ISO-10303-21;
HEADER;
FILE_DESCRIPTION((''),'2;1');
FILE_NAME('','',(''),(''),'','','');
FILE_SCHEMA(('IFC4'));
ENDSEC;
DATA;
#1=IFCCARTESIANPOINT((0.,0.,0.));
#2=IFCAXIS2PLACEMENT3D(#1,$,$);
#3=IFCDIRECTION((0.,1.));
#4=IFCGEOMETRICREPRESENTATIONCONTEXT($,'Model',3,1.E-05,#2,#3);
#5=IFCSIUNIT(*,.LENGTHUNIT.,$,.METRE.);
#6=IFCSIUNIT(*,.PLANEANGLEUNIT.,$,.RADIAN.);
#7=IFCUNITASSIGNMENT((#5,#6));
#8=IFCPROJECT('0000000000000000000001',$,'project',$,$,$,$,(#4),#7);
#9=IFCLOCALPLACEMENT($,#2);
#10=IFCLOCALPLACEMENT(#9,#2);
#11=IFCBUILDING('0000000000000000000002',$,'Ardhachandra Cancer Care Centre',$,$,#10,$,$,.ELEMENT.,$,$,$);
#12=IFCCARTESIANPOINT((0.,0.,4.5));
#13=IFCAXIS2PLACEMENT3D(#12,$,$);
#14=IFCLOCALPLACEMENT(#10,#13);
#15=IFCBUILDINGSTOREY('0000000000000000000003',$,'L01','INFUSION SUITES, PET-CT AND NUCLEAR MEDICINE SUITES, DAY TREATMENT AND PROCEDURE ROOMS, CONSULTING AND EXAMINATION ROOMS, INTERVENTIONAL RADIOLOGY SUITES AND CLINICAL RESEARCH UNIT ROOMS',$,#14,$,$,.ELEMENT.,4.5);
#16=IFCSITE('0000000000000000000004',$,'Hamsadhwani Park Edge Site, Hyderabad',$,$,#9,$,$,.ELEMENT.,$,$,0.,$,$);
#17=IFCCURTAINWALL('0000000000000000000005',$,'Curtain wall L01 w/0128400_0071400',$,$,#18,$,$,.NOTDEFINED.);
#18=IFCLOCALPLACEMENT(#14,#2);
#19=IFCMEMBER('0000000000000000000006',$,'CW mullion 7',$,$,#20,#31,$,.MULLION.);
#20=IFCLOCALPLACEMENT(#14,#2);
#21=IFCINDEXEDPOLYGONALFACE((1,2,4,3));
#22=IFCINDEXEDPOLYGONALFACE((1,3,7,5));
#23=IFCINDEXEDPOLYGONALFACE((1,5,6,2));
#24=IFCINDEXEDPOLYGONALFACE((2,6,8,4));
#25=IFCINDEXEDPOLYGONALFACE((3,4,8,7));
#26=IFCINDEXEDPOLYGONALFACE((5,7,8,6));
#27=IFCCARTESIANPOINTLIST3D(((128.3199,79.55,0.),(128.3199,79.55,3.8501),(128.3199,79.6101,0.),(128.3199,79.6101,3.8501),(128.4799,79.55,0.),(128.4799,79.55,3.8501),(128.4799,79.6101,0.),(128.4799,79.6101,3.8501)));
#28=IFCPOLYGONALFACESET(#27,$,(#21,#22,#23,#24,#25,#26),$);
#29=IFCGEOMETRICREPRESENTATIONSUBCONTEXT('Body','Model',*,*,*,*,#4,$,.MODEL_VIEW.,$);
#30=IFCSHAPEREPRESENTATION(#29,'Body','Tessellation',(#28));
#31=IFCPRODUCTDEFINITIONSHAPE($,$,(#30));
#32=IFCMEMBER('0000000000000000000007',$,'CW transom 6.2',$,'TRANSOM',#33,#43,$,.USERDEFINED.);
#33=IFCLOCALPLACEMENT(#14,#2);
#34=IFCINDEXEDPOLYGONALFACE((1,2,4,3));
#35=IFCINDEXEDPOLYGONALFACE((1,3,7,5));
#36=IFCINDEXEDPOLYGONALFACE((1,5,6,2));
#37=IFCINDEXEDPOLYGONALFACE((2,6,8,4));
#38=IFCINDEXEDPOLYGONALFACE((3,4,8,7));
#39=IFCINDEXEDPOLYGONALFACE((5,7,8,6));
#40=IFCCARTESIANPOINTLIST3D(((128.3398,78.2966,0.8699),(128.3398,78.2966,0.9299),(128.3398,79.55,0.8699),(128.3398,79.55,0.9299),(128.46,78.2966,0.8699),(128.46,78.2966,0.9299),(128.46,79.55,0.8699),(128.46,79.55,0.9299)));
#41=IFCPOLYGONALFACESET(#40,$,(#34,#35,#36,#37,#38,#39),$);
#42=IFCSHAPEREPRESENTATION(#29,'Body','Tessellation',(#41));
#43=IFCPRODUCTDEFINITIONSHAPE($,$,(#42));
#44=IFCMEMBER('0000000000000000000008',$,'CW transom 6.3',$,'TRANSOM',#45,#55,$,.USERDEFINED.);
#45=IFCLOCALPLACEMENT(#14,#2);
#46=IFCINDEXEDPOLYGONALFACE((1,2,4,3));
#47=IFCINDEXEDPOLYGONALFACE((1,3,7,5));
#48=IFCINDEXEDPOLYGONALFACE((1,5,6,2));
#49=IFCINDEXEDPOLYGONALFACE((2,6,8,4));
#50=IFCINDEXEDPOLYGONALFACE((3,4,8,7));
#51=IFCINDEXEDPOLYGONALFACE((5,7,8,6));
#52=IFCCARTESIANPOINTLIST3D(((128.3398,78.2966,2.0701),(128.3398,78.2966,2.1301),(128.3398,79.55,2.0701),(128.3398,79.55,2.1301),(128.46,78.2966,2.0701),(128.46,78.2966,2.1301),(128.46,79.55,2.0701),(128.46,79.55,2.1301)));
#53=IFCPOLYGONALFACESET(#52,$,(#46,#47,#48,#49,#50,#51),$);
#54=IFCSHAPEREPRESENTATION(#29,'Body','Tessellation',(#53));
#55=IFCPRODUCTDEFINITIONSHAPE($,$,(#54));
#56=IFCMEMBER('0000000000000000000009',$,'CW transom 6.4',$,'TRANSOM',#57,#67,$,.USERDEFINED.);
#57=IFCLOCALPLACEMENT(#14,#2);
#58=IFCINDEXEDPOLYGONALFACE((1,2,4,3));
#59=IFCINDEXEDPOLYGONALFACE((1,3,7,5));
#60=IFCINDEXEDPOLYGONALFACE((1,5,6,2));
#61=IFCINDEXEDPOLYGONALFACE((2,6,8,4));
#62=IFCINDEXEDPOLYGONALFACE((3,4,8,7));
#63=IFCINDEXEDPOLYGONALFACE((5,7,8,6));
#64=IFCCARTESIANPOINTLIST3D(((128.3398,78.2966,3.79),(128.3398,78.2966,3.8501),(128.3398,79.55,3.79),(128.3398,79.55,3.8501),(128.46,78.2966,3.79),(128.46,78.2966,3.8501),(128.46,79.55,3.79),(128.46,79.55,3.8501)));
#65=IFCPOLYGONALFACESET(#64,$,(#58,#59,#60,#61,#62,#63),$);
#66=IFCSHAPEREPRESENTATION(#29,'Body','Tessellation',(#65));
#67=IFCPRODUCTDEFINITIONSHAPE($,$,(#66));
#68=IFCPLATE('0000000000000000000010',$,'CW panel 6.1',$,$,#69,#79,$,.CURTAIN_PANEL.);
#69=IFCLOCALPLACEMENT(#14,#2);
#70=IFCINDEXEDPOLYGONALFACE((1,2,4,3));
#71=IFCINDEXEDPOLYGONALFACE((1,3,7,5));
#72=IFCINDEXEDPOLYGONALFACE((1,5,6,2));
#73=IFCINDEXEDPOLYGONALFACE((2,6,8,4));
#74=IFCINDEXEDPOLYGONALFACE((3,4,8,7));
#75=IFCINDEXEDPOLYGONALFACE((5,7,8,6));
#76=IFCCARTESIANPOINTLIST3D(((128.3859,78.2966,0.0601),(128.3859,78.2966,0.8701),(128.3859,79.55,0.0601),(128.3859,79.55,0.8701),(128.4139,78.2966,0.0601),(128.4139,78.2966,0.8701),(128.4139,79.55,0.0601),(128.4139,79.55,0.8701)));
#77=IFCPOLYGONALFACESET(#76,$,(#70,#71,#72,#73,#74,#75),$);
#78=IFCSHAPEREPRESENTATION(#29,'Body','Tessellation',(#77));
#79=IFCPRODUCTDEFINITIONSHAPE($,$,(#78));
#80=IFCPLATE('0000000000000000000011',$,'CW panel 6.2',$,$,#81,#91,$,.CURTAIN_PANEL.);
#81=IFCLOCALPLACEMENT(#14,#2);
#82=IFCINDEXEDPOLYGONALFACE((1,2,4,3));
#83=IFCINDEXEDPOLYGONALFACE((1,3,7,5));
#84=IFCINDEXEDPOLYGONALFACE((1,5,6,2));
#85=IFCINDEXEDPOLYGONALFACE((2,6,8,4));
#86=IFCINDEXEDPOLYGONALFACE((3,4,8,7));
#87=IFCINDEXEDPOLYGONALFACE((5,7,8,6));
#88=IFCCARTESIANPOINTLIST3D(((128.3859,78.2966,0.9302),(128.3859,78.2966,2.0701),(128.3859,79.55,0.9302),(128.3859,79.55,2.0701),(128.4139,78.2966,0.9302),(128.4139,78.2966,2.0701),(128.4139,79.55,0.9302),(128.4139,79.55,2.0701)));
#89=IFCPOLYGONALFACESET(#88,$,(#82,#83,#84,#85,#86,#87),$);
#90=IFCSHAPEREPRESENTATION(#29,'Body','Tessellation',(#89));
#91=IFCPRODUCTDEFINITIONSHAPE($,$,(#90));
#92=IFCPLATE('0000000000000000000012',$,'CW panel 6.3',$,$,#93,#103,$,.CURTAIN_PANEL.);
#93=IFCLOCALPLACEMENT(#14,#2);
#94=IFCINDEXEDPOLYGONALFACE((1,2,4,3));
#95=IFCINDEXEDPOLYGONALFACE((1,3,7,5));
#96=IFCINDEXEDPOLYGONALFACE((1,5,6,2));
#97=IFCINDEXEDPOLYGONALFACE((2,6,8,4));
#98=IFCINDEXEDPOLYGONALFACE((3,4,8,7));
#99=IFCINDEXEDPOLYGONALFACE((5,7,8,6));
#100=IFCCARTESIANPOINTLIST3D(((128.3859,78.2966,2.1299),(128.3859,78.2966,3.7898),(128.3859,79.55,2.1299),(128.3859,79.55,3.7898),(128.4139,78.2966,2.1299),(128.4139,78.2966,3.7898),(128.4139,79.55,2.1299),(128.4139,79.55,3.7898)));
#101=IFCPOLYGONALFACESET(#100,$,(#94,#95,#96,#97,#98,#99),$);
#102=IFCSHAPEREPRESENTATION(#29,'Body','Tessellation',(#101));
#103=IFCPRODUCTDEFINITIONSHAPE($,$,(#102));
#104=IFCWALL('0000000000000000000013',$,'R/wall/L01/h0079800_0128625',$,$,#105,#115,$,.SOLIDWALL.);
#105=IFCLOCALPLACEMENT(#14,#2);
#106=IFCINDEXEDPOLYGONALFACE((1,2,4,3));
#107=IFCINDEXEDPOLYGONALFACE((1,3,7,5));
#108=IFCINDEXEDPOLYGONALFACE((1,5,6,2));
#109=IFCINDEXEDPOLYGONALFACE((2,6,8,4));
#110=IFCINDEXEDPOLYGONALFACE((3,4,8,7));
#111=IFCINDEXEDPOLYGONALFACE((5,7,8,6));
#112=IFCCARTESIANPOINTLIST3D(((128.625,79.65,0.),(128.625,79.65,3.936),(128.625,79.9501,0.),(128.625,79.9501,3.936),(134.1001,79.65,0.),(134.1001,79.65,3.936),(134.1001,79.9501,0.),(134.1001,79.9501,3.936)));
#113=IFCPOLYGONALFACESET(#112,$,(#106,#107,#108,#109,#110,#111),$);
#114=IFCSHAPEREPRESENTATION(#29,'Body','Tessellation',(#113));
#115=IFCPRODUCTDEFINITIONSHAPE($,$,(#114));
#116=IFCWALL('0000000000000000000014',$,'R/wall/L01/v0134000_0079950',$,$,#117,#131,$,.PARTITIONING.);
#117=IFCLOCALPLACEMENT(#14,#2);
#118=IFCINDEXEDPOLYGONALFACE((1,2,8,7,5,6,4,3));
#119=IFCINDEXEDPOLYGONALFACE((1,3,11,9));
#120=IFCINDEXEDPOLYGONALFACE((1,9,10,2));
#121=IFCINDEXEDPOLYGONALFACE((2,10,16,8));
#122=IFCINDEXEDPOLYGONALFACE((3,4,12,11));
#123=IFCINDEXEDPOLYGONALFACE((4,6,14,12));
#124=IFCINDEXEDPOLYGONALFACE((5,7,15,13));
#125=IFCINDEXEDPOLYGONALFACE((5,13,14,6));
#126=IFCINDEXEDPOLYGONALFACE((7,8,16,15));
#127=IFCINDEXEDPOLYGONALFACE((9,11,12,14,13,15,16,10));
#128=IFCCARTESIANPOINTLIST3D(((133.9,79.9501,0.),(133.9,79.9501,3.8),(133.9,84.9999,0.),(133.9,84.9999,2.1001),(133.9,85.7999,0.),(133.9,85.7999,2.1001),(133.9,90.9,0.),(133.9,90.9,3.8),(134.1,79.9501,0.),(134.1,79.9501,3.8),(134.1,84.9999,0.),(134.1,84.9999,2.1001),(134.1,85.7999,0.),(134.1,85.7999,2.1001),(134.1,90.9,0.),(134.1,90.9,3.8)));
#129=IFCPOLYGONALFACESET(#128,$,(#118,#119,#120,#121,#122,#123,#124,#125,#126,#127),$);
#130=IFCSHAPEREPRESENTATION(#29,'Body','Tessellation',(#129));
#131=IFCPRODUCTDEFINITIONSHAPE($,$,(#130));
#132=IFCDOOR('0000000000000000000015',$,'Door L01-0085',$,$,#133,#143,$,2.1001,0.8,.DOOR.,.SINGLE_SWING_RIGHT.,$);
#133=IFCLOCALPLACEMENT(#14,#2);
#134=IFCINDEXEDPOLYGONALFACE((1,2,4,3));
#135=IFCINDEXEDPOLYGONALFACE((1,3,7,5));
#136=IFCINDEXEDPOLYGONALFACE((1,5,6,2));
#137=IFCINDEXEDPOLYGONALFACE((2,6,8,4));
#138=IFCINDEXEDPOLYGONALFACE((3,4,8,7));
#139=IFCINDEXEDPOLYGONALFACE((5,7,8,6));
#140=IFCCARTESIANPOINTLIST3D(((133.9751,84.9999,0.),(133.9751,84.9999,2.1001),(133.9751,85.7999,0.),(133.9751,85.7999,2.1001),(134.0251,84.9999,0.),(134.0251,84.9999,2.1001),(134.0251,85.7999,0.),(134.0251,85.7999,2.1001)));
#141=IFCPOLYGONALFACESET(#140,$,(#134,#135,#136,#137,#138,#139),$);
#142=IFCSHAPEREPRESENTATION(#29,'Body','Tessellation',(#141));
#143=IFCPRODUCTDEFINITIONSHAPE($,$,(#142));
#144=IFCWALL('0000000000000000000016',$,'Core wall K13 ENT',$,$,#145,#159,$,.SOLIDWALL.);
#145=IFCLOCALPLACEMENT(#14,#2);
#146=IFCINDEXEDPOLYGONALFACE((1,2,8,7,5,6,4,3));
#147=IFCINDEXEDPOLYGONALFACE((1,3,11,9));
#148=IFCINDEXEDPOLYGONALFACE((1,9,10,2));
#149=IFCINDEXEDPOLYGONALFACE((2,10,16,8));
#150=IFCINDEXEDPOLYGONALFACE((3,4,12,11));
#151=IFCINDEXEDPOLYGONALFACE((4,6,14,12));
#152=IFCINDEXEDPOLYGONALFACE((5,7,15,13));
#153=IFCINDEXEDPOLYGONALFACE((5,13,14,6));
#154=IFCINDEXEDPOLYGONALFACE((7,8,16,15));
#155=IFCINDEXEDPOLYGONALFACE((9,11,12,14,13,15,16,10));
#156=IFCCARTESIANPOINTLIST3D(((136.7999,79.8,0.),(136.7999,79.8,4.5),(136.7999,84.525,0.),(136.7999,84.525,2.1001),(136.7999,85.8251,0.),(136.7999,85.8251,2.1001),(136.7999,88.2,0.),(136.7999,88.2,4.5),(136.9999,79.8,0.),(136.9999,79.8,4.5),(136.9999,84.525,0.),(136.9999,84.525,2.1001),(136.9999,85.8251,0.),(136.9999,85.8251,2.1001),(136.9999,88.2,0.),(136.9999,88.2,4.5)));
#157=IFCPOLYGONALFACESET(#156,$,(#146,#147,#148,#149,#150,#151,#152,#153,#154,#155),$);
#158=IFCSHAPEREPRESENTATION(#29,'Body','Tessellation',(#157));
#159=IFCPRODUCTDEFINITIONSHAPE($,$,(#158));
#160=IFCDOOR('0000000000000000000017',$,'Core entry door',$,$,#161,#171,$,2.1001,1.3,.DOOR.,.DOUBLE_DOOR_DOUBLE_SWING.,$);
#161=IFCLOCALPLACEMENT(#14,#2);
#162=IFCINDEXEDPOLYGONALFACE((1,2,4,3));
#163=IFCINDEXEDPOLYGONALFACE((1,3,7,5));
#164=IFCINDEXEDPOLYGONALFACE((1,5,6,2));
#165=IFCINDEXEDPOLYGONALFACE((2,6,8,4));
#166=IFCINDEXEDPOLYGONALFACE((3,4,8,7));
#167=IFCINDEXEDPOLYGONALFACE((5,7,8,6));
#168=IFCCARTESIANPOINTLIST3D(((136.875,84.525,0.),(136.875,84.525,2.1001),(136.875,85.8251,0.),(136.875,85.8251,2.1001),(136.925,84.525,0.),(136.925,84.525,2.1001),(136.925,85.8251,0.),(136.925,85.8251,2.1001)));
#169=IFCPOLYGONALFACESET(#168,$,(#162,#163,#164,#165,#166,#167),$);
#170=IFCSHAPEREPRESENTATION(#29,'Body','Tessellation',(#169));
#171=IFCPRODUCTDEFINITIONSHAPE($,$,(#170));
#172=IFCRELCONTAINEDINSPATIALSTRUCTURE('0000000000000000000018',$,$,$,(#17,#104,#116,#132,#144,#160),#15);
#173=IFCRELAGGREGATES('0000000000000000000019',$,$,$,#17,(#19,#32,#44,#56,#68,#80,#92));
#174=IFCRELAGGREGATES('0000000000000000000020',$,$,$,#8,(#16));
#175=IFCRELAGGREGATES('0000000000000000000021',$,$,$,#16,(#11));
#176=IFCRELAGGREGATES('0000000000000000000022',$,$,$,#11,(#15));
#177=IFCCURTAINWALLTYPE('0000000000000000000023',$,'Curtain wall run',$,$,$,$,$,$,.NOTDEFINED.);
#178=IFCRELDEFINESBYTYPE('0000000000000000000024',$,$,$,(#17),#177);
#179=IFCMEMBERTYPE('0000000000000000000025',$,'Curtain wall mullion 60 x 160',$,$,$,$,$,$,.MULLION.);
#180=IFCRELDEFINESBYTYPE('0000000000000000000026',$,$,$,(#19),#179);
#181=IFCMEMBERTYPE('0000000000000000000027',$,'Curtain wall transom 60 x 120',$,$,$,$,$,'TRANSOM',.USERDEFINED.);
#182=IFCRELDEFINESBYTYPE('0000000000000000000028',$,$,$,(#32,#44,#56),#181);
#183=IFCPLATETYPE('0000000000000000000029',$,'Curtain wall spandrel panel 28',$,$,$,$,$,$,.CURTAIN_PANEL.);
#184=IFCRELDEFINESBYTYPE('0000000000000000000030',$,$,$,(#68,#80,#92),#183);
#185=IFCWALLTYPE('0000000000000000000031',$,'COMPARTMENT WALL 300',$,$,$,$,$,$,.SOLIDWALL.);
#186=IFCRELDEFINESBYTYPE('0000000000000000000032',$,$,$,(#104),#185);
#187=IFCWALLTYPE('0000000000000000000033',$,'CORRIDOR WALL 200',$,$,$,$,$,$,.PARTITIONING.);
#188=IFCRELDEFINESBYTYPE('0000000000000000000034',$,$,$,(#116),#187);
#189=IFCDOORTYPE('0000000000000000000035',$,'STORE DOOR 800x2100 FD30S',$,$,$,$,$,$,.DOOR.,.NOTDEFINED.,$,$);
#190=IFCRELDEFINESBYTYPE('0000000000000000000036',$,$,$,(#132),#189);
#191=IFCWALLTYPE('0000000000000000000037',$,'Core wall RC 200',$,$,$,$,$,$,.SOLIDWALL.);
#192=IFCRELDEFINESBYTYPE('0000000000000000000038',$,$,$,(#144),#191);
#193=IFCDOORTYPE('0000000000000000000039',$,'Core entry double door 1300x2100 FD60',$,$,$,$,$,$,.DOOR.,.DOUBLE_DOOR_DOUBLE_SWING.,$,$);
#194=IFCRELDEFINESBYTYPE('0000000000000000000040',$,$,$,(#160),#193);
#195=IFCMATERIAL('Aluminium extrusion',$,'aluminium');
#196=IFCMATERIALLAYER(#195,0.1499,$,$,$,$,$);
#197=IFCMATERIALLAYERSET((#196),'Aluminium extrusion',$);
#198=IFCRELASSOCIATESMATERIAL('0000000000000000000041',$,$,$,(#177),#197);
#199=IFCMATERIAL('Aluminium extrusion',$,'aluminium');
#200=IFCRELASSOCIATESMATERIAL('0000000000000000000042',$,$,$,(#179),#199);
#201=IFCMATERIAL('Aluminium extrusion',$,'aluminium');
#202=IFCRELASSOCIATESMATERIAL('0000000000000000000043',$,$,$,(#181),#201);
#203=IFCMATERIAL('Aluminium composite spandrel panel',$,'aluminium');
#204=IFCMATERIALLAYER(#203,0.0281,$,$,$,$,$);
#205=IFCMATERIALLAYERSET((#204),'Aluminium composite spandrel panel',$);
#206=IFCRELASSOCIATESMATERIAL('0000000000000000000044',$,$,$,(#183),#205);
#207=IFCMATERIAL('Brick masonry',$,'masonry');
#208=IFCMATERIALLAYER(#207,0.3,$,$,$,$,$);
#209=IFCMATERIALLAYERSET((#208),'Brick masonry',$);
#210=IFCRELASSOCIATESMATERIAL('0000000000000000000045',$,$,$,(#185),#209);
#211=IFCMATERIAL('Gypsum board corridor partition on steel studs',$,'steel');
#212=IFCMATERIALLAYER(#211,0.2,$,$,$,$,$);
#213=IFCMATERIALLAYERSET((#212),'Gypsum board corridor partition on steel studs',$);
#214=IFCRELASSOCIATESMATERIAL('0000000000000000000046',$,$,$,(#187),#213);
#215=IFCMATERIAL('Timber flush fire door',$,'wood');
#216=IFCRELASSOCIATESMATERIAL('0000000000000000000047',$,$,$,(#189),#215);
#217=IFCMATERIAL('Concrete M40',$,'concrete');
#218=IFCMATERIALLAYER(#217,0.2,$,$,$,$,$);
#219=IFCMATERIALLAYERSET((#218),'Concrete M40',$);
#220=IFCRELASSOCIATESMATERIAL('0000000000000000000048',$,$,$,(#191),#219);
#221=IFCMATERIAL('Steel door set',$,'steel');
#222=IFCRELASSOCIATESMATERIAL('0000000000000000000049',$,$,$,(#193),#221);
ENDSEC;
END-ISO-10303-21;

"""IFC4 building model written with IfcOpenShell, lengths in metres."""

from ifc_helpers import new_model, si_unit, direction, frame, frame_2d, origin, origin_2d, place, context, subcontext, project, spatial, rectangle, extrude, material, layer, layer_set, material_profile, profile_set, type_object, element, fill, aggregate, save


model = new_model("IFC4")

# Units and contexts
model_context = context("Model", 3, precision=1e-05, world=origin(), true_north=direction((0.0, 1.0)))
body_context = subcontext(model_context, "Body", "Model", "MODEL_VIEW")
ifc_project = project(units=[si_unit("LENGTHUNIT", "METRE"), si_unit("PLANEANGLEUNIT", "RADIAN")], contexts=[model_context])

# Site, building, storey
site_placement = place(None, origin())
site = spatial("IfcSite", under=ifc_project, at=site_placement, Name="Hamsadhwani Park Edge Site, Hyderabad", CompositionType="ELEMENT", RefElevation=0.0)
building_placement = place(site_placement, origin())
building = spatial("IfcBuilding", under=site, at=building_placement, Name="Ardhachandra Cancer Care Centre", CompositionType="ELEMENT")
storey_placement = place(building_placement, frame((0.0, 0.0, 4.5)))
storey = spatial("IfcBuildingStorey", under=building, at=storey_placement, Name="L01", Description="INFUSION SUITES, PET-CT AND NUCLEAR MEDICINE SUITES, DAY TREATMENT AND PROCEDURE ROOMS, CONSULTING AND EXAMINATION ROOMS, INTERVENTIONAL RADIOLOGY SUITES AND CLINICAL RESEARCH UNIT ROOMS", CompositionType="ELEMENT", Elevation=4.5)

# Curtain wall, members, plates
ifc_material_1 = material(Name="Aluminium extrusion", Category="aluminium")
ifc_layer_1 = layer(ifc_material_1, 0.1499)
ifc_layer_set_1 = layer_set([ifc_layer_1], Name="Aluminium extrusion")
curtain_wall_type = type_object("IfcCurtainWallType", Name="Curtain wall run", PredefinedType="NOTDEFINED", material=ifc_layer_set_1)
curtain_wall_placement = place(storey_placement, origin())
curtain_wall = element("IfcCurtainWall", 1, at=curtain_wall_placement, inside=storey, type_object=curtain_wall_type, Name="Curtain wall L01 w/0128400_0071400", PredefinedType="NOTDEFINED")
ifc_material_2 = material(Name="Aluminium extrusion", Category="aluminium")
ifc_material_profile_1 = material_profile(ifc_material_2, rectangle(XDim=0.1599, YDim=0.0601, at=origin_2d()), Name="Curtain wall mullion 60 x 160")
ifc_profile_set_1 = profile_set([ifc_material_profile_1], Name="Aluminium extrusion")
member_type_1 = type_object("IfcMemberType", Name="Curtain wall mullion 60 x 160", PredefinedType="MULLION", material=ifc_profile_set_1)
member_1_placement = place(storey_placement, frame((128.3999, 79.5801, 0.0), z_axis=(0.0, 0.0, 1.0), x_axis=(-1.0, 0.0, 0.0)))
member_1 = element("IfcMember", 2, at=member_1_placement, type_object=member_type_1, Name="CW mullion 7", PredefinedType="MULLION", context=body_context, shape_type="SweptSolid", body=[
    extrude(rectangle(XDim=0.1599, YDim=0.0601, at=origin_2d()), origin(), (0.0, 0.0, 1.0), 3.8501),
])
ifc_material_3 = material(Name="Aluminium extrusion", Category="aluminium")
ifc_material_profile_2 = material_profile(ifc_material_3, rectangle(XDim=0.1201, YDim=0.0601, at=origin_2d()), Name="Curtain wall transom 60 x 120")
ifc_profile_set_2 = profile_set([ifc_material_profile_2], Name="Aluminium extrusion")
member_type_2 = type_object("IfcMemberType", Name="Curtain wall transom 60 x 120", ElementType="TRANSOM", PredefinedType="USERDEFINED", material=ifc_profile_set_2)
member_2_placement = place(storey_placement, frame((128.3999, 78.2966, 0.8999), z_axis=(0.0, 1.0, 0.0), x_axis=(-1.0, 0.0, 0.0)))
member_2 = element("IfcMember", 3, at=member_2_placement, type_object=member_type_2, Name="CW transom 6.2", ObjectType="TRANSOM", PredefinedType="USERDEFINED", context=body_context, shape_type="SweptSolid", body=[
    extrude(rectangle(XDim=0.1201, YDim=0.0601, at=origin_2d()), origin(), (0.0, 0.0, 1.0), 1.2534),
])
member_3_placement = place(storey_placement, frame((128.3999, 78.2966, 2.1001), z_axis=(0.0, 1.0, 0.0), x_axis=(-1.0, 0.0, 0.0)))
member_3 = element("IfcMember", 4, at=member_3_placement, type_object=member_type_2, Name="CW transom 6.3", ObjectType="TRANSOM", PredefinedType="USERDEFINED", context=body_context, shape_type="SweptSolid", body=[
    extrude(rectangle(XDim=0.1201, YDim=0.0601, at=origin_2d()), origin(), (0.0, 0.0, 1.0), 1.2534),
])
member_4_placement = place(storey_placement, frame((128.3999, 78.2966, 3.8201), z_axis=(0.0, 1.0, 0.0), x_axis=(-1.0, 0.0, 0.0)))
member_4 = element("IfcMember", 5, at=member_4_placement, type_object=member_type_2, Name="CW transom 6.4", ObjectType="TRANSOM", PredefinedType="USERDEFINED", context=body_context, shape_type="SweptSolid", body=[
    extrude(rectangle(XDim=0.1201, YDim=0.0601, at=origin_2d()), origin(), (0.0, 0.0, 1.0), 1.2534),
])
ifc_material_4 = material(Name="Aluminium composite spandrel panel", Category="aluminium")
ifc_layer_2 = layer(ifc_material_4, 0.0281)
ifc_layer_set_2 = layer_set([ifc_layer_2], Name="Aluminium composite spandrel panel")
plate_type = type_object("IfcPlateType", Name="Curtain wall spandrel panel 28", PredefinedType="CURTAIN_PANEL", material=ifc_layer_set_2)
plate_1_placement = place(storey_placement, frame((128.3999, 78.9233, 0.0601), z_axis=(0.0, 0.0, 1.0), x_axis=(0.0, 1.0, 0.0)))
plate_1 = element("IfcPlate", 6, at=plate_1_placement, type_object=plate_type, Name="CW panel 6.1", PredefinedType="CURTAIN_PANEL", context=body_context, shape_type="SweptSolid", body=[
    extrude(rectangle(XDim=1.2534, YDim=0.0281, at=origin_2d()), origin(), (0.0, 0.0, 1.0), 0.8101),
])
plate_2_placement = place(storey_placement, frame((128.3999, 78.9233, 0.9302), z_axis=(0.0, 0.0, 1.0), x_axis=(0.0, 1.0, 0.0)))
plate_2 = element("IfcPlate", 7, at=plate_2_placement, type_object=plate_type, Name="CW panel 6.2", PredefinedType="CURTAIN_PANEL", context=body_context, shape_type="SweptSolid", body=[
    extrude(rectangle(XDim=1.2534, YDim=0.0281, at=origin_2d()), origin(), (0.0, 0.0, 1.0), 1.1399),
])
plate_3_placement = place(storey_placement, frame((128.3999, 78.9233, 2.1299), z_axis=(0.0, 0.0, 1.0), x_axis=(0.0, 1.0, 0.0)))
plate_3 = element("IfcPlate", 8, at=plate_3_placement, type_object=plate_type, Name="CW panel 6.3", PredefinedType="CURTAIN_PANEL", context=body_context, shape_type="SweptSolid", body=[
    extrude(rectangle(XDim=1.2534, YDim=0.0281, at=origin_2d()), origin(), (0.0, 0.0, 1.0), 1.6599),
])
aggregate(curtain_wall, [member_1, member_2, member_3, member_4, plate_1, plate_2, plate_3])

# Wall
ifc_material_5 = material(Name="Brick masonry", Category="masonry")
ifc_layer_3 = layer(ifc_material_5, 0.3)
ifc_layer_set_3 = layer_set([ifc_layer_3], Name="Brick masonry")
wall_type_1 = type_object("IfcWallType", Name="COMPARTMENT WALL 300", PredefinedType="SOLIDWALL", material=ifc_layer_set_3)
wall_1_placement = place(storey_placement, frame((128.625, 79.8, 0.0), z_axis=(0.0, 0.0, 1.0), x_axis=(1.0, 0.0, 0.0)))
element("IfcWall", 9, at=wall_1_placement, inside=storey, type_object=wall_type_1, Name="R/wall/L01/h0079800_0128625", PredefinedType="SOLIDWALL", context=body_context, shape_type="SweptSolid", body=[
    extrude(rectangle(XDim=5.4751, YDim=0.3, at=frame_2d((2.7375, 0.0))), origin(), (0.0, 0.0, 1.0), 3.936),
])

# Walls, openings, doors
ifc_material_6 = material(Name="Gypsum board corridor partition on steel studs", Category="steel")
ifc_layer_4 = layer(ifc_material_6, 0.2)
ifc_layer_set_4 = layer_set([ifc_layer_4], Name="Gypsum board corridor partition on steel studs")
wall_type_2 = type_object("IfcWallType", Name="CORRIDOR WALL 200", PredefinedType="PARTITIONING", material=ifc_layer_set_4)
wall_2_placement = place(storey_placement, frame((134.0, 79.95, 0.0), z_axis=(0.0, 0.0, 1.0), x_axis=(0.0, 1.0, 0.0)))
wall_2 = element("IfcWall", 10, at=wall_2_placement, inside=storey, type_object=wall_type_2, Name="R/wall/L01/v0134000_0079950", PredefinedType="PARTITIONING", context=body_context, shape_type="SweptSolid", body=[
    extrude(rectangle(XDim=10.95, YDim=0.2, at=frame_2d((5.4751, 0.0))), origin(), (0.0, 0.0, 1.0), 3.8),
])
opening_1_placement = place(wall_2_placement, frame((5.05, 0.0, 0.0)))
opening_1 = element("IfcOpeningElement", 11, at=opening_1_placement, cuts=wall_2, PredefinedType="OPENING", context=body_context, shape_type="SweptSolid", body=[
    extrude(rectangle(XDim=0.8, YDim=2.1001, at=frame_2d((0.3999, 1.05))), frame((0.0, 0.1099, 0.0), z_axis=(0.0, -1.0, 0.0), x_axis=(1.0, 0.0, 0.0)), (0.0, 0.0, 1.0), 0.22),
])
ifc_material_7 = material(Name="Timber flush fire door", Category="wood")
door_type_1 = type_object("IfcDoorType", Name="STORE DOOR 800x2100 FD30S", OperationType="NOTDEFINED", PredefinedType="DOOR", material=ifc_material_7)
door_1_placement = place(opening_1_placement, origin())
door_1 = element("IfcDoor", 12, at=door_1_placement, inside=storey, type_object=door_type_1, Name="Door L01-0085", OperationType="SINGLE_SWING_RIGHT", OverallHeight=2.1001, OverallWidth=0.8, PredefinedType="DOOR", context=body_context, shape_type="SweptSolid", body=[
    extrude(rectangle(XDim=0.8, YDim=2.1001, at=frame_2d((0.3999, 1.05))), frame((0.0, 0.0249, 0.0), z_axis=(0.0, -1.0, 0.0), x_axis=(1.0, 0.0, 0.0)), (0.0, 0.0, 1.0), 0.05),
])
fill(opening_1, door_1)
ifc_material_8 = material(Name="Concrete M40", Category="concrete")
ifc_layer_5 = layer(ifc_material_8, 0.2)
ifc_layer_set_5 = layer_set([ifc_layer_5], Name="Concrete M40")
wall_type_3 = type_object("IfcWallType", Name="Core wall RC 200", PredefinedType="SOLIDWALL", material=ifc_layer_set_5)
wall_3_placement = place(storey_placement, frame((136.8999, 79.8, 0.0), z_axis=(0.0, 0.0, 1.0), x_axis=(0.0, 1.0, 0.0)))
wall_3 = element("IfcWall", 13, at=wall_3_placement, inside=storey, type_object=wall_type_3, Name="Core wall K13 ENT", PredefinedType="SOLIDWALL", context=body_context, shape_type="SweptSolid", body=[
    extrude(rectangle(XDim=8.3999, YDim=0.2, at=frame_2d((4.2, 0.0))), origin(), (0.0, 0.0, 1.0), 4.5),
])
opening_2_placement = place(wall_3_placement, frame((4.7251, 0.0, 0.0)))
opening_2 = element("IfcOpeningElement", 14, at=opening_2_placement, cuts=wall_3, PredefinedType="OPENING", context=body_context, shape_type="SweptSolid", body=[
    extrude(rectangle(XDim=1.3, YDim=2.1001, at=frame_2d((0.6499, 1.05))), frame((0.0, 0.1099, 0.0), z_axis=(0.0, -1.0, 0.0), x_axis=(1.0, 0.0, 0.0)), (0.0, 0.0, 1.0), 0.22),
])
ifc_material_9 = material(Name="Steel door set", Category="steel")
door_type_2 = type_object("IfcDoorType", Name="Core entry double door 1300x2100 FD60", OperationType="DOUBLE_DOOR_DOUBLE_SWING", PredefinedType="DOOR", material=ifc_material_9)
door_2_placement = place(opening_2_placement, origin())
door_2 = element("IfcDoor", 15, at=door_2_placement, inside=storey, type_object=door_type_2, Name="Core entry door", OperationType="DOUBLE_DOOR_DOUBLE_SWING", OverallHeight=2.1001, OverallWidth=1.3, PredefinedType="DOOR", context=body_context, shape_type="SweptSolid", body=[
    extrude(rectangle(XDim=1.3, YDim=2.1001, at=frame_2d((0.6499, 1.05))), frame((0.0, 0.0249, 0.0), z_axis=(0.0, -1.0, 0.0), x_axis=(1.0, 0.0, 0.0)), (0.0, 0.0, 1.0), 0.05),
])
fill(opening_2, door_2)

save(model, "model.ifc")
